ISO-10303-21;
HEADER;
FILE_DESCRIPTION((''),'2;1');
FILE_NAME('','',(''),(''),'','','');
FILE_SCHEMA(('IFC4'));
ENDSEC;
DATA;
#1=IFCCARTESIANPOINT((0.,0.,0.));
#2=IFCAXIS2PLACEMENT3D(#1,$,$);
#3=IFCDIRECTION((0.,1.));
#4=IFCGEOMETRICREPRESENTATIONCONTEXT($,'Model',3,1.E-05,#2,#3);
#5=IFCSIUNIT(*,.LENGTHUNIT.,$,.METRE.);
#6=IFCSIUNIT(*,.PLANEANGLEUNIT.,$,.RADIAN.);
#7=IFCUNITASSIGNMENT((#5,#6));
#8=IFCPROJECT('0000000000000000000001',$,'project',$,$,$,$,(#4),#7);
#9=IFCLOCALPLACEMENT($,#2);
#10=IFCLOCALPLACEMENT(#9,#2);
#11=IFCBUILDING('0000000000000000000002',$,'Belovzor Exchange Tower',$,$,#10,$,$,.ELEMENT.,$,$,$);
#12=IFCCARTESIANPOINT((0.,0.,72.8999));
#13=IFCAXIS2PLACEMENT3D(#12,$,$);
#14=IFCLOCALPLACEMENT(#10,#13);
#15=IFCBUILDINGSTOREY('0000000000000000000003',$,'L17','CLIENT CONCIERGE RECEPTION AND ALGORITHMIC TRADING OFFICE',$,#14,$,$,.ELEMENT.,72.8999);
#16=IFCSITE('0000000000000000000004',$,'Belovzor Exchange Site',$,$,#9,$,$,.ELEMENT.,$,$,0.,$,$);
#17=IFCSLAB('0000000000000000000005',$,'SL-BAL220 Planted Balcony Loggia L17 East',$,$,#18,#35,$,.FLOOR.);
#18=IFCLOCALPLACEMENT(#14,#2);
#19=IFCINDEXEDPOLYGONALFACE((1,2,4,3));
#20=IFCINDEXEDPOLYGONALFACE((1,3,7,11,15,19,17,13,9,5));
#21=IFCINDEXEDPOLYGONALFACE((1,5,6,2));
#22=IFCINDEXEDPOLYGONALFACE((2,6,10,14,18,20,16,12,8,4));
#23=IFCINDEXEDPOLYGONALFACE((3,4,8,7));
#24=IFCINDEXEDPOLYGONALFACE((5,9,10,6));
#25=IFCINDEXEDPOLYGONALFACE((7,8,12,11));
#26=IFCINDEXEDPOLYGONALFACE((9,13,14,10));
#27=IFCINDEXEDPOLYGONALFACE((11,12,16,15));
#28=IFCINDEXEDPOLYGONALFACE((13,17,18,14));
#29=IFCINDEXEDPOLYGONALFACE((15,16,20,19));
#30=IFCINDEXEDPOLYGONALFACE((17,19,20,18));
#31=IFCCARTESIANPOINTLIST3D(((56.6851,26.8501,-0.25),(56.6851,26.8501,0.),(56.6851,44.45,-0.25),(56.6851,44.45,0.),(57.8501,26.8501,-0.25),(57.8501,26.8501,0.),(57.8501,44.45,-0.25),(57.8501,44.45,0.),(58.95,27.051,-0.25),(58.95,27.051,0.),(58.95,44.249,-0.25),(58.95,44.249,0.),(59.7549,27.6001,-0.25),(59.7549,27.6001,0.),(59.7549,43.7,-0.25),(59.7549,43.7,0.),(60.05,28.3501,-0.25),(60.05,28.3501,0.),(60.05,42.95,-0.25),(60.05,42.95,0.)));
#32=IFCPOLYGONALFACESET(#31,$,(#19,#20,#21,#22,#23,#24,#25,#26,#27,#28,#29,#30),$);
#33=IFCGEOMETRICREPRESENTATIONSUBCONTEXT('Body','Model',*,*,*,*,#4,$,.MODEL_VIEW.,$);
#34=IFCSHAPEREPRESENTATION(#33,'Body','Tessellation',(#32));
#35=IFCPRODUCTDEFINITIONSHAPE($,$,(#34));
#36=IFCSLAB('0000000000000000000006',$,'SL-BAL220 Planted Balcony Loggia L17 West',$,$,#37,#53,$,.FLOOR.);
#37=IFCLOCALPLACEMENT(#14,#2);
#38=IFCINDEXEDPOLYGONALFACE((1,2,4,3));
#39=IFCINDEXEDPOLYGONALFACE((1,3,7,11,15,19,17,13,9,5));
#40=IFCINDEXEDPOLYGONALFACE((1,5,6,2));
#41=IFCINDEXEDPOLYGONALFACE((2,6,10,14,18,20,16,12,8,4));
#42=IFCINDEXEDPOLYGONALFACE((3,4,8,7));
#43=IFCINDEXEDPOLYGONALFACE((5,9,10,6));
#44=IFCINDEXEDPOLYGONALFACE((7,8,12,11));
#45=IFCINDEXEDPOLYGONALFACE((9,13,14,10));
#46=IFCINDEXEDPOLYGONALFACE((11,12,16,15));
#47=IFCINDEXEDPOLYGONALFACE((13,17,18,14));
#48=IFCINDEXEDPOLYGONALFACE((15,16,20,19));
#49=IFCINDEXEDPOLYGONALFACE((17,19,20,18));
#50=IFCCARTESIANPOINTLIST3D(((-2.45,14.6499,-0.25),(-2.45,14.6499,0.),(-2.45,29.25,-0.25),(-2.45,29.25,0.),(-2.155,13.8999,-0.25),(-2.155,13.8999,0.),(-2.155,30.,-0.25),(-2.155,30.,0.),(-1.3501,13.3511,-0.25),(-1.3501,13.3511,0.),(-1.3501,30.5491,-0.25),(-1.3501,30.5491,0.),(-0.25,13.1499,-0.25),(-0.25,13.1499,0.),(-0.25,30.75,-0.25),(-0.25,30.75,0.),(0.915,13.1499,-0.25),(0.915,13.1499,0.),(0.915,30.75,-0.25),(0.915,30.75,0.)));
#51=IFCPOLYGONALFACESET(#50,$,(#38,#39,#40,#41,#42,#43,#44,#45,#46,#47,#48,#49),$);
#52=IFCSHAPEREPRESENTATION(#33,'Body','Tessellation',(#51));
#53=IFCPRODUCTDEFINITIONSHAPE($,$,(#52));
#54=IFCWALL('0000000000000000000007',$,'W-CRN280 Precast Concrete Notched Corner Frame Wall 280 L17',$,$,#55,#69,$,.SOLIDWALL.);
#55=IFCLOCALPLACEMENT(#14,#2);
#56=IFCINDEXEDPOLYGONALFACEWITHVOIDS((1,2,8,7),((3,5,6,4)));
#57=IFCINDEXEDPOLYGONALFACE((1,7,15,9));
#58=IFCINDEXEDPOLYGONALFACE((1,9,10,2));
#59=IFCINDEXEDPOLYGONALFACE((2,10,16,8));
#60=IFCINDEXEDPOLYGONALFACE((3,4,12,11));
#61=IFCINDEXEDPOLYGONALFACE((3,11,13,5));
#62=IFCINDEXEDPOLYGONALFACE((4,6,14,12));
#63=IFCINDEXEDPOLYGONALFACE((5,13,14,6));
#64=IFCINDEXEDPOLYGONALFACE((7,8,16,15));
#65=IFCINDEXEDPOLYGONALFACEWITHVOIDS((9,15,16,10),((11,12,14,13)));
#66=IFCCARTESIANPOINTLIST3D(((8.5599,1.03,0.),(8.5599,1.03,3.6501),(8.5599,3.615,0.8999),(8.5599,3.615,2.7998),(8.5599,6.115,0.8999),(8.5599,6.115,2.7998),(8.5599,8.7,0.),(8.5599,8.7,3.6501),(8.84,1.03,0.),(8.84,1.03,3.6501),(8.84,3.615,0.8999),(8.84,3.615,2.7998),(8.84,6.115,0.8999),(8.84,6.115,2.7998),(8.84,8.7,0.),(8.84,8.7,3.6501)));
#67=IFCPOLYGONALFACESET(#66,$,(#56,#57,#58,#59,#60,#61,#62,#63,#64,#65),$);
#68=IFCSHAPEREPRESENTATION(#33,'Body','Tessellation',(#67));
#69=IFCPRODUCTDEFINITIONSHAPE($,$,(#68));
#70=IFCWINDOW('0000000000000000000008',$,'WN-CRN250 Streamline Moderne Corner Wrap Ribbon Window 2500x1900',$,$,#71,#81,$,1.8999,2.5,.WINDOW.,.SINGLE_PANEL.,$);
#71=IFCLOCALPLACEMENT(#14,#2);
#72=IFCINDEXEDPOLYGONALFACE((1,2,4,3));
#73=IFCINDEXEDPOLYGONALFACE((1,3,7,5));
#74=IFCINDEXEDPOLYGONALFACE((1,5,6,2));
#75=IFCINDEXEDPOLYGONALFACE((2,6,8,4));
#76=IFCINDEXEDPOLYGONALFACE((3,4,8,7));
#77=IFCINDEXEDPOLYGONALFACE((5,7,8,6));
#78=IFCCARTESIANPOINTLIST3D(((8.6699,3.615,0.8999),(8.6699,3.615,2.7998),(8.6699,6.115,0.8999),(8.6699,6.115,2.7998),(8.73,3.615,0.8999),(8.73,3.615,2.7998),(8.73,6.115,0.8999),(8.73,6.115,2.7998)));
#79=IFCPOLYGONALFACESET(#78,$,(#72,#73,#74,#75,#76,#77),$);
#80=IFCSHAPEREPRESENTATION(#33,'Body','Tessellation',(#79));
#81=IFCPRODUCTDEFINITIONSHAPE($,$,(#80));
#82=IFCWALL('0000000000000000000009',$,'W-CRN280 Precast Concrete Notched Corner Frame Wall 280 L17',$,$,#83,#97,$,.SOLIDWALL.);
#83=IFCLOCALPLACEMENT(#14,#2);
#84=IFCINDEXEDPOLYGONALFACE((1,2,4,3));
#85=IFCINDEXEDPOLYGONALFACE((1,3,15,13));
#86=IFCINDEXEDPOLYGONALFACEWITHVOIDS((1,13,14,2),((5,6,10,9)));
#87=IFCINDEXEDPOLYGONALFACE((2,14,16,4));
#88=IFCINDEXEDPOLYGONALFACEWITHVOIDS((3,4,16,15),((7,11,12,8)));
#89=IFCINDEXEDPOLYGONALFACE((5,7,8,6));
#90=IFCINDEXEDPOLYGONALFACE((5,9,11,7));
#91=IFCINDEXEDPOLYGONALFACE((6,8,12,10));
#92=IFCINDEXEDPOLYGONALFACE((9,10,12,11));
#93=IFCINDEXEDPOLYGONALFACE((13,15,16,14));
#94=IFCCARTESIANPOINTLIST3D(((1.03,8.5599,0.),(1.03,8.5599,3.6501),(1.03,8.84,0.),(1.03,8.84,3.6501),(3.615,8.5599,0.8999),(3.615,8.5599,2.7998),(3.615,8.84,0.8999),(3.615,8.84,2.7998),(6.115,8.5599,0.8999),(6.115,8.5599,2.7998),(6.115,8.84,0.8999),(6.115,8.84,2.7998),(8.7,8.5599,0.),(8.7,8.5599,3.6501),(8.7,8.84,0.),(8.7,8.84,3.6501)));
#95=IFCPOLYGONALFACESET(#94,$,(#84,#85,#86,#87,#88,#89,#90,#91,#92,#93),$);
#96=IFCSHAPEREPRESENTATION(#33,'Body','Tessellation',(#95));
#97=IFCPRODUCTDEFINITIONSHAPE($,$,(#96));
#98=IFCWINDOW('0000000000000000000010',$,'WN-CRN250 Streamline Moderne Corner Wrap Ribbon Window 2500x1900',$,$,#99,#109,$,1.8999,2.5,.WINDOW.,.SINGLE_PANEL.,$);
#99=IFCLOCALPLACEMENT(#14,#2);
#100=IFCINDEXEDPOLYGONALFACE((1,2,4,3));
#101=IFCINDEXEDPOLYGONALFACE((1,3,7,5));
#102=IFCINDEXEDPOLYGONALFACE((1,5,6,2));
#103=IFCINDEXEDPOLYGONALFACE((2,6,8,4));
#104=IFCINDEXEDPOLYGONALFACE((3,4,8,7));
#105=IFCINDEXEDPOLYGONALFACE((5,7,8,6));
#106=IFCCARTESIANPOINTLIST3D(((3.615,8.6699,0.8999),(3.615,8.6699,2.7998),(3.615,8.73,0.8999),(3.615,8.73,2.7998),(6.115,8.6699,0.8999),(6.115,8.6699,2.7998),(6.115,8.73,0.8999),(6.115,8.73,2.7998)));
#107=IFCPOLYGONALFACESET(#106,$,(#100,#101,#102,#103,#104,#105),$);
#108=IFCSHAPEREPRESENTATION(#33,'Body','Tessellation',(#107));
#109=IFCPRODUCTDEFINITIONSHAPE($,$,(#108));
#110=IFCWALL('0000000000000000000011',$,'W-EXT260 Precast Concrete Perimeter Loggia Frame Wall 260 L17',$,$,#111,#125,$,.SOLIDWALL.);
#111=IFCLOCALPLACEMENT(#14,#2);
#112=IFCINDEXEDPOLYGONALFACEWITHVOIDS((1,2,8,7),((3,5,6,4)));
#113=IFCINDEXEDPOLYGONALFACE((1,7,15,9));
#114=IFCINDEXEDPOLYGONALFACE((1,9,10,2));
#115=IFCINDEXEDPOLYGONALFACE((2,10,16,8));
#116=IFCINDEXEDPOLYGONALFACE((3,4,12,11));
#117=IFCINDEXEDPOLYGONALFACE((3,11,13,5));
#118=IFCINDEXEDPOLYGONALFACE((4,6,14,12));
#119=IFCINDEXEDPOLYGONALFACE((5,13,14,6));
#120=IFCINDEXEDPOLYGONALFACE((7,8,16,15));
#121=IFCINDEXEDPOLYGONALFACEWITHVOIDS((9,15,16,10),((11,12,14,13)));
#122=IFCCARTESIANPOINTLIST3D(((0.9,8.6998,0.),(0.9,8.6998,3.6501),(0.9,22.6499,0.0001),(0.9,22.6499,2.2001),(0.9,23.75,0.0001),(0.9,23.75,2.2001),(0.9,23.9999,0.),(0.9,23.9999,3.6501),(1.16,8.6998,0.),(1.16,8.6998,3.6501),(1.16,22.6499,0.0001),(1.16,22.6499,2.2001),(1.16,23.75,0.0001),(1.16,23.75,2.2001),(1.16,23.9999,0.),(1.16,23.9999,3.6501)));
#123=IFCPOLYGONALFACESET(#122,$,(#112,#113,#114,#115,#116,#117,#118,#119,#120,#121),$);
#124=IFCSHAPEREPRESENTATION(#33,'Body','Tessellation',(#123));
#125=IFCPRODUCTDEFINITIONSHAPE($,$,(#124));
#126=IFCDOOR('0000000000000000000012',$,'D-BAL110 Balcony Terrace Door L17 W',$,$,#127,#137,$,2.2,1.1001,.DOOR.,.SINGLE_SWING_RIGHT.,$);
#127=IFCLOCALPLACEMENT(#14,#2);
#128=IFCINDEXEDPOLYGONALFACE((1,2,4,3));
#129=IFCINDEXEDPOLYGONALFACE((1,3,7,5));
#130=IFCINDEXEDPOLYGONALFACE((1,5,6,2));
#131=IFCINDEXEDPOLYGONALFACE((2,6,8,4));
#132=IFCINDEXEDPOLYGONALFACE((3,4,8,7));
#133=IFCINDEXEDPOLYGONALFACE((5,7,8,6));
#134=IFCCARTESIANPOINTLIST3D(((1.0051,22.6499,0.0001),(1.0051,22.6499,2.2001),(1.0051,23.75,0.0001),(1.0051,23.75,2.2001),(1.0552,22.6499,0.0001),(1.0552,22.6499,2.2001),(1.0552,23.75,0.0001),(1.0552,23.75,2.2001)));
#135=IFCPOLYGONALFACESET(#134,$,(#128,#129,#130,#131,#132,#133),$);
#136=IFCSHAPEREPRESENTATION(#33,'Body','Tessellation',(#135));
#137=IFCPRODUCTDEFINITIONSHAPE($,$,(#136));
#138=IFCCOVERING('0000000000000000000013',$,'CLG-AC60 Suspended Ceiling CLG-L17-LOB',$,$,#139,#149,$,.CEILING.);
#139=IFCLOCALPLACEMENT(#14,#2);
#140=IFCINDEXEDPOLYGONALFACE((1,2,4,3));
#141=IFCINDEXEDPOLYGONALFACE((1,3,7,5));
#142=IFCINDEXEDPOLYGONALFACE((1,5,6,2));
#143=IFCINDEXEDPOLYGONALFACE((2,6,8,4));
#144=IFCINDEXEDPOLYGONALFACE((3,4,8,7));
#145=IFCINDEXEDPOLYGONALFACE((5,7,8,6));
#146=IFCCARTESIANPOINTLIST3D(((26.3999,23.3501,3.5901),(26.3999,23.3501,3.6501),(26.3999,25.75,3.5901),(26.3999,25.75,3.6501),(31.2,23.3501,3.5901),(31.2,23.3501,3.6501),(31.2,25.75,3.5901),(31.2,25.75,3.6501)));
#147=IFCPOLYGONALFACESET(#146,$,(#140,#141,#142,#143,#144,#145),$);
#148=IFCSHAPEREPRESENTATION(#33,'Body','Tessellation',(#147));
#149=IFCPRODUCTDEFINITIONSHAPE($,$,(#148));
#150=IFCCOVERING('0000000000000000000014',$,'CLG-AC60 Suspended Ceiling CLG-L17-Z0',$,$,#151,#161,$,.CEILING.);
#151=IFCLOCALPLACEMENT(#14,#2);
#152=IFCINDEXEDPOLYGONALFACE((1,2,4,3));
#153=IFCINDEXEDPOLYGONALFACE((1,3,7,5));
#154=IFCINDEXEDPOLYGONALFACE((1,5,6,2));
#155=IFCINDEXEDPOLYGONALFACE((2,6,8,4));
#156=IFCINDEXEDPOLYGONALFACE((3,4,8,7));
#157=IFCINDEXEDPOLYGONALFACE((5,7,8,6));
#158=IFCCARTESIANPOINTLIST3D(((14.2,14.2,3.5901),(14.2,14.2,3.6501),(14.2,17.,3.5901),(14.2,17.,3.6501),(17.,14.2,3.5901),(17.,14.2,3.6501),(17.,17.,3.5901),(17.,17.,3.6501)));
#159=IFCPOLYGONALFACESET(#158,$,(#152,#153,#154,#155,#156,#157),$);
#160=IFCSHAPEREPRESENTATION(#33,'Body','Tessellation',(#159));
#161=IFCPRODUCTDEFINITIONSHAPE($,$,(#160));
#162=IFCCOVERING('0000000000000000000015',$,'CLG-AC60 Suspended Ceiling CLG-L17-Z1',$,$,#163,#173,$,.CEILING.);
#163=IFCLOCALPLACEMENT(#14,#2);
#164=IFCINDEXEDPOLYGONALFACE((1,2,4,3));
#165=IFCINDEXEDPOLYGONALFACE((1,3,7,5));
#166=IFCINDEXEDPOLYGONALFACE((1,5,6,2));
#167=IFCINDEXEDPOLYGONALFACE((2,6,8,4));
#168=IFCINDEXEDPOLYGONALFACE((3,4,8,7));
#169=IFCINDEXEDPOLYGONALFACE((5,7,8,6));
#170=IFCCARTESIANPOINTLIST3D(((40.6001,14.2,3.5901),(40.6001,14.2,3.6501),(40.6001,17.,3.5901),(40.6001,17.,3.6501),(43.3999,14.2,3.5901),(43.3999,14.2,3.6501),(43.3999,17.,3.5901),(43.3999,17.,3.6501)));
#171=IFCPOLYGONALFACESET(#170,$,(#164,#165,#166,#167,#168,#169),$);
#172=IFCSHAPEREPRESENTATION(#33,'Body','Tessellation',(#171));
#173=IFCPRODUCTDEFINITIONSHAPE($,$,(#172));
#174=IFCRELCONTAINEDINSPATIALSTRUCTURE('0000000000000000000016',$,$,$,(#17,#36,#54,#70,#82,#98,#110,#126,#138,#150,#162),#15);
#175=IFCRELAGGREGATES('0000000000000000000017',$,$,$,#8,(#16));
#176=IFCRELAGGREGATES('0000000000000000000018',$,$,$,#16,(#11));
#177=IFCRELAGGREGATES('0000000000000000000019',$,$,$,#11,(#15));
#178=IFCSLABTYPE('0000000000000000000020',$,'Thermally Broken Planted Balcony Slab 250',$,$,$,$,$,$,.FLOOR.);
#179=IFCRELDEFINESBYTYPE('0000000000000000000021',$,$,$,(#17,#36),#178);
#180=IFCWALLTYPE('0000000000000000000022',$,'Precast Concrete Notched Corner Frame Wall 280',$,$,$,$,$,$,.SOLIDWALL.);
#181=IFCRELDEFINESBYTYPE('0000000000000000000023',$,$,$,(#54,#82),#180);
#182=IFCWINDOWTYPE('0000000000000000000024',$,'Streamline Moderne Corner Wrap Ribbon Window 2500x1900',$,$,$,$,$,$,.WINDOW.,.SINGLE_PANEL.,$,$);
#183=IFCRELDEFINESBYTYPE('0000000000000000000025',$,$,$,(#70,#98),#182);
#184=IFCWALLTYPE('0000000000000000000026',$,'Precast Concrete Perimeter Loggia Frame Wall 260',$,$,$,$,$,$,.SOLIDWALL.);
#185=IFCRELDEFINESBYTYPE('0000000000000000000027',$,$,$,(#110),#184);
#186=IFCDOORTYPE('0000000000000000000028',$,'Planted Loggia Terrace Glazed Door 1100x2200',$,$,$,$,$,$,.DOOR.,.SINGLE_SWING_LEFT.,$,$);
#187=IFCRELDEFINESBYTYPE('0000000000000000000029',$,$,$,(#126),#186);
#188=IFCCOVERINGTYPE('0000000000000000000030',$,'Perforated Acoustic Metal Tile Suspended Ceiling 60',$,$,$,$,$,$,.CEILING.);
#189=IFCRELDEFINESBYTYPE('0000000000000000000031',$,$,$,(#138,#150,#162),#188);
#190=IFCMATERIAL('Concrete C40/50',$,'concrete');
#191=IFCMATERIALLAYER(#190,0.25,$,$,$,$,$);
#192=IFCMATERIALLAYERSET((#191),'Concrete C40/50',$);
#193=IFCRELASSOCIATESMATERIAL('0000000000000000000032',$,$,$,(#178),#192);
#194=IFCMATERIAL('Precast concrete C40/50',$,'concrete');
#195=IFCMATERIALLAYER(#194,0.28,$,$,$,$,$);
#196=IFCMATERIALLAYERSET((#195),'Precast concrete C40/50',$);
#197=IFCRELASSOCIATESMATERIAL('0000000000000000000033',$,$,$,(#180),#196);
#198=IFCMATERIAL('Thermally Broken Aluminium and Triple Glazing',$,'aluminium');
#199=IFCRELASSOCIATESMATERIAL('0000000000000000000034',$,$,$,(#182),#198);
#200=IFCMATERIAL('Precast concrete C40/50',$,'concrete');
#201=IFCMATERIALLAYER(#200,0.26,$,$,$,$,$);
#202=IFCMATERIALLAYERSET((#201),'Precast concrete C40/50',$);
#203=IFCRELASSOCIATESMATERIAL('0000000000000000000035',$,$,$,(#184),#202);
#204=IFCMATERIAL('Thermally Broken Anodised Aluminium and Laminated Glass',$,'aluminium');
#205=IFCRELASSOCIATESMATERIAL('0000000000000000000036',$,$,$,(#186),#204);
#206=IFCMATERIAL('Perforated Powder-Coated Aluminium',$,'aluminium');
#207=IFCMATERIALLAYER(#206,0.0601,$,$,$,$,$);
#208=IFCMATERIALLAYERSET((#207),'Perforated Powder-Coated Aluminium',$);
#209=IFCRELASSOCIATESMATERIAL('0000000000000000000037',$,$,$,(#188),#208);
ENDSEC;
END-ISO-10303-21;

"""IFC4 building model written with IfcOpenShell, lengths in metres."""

from ifc_helpers import new_model, si_unit, direction, frame, frame_2d, origin, place, context, subcontext, project, spatial, polyline, rectangle, outline, extrude, material, layer, layer_set, type_object, element, fill, save


model = new_model("IFC4")

# Units and contexts
model_context = context("Model", 3, precision=1e-05, world=origin(), true_north=direction((0.0, 1.0)))
body_context = subcontext(model_context, "Body", "Model", "MODEL_VIEW")
ifc_project = project(units=[si_unit("LENGTHUNIT", "METRE"), si_unit("PLANEANGLEUNIT", "RADIAN")], contexts=[model_context])

# Site, building, storey
site_placement = place(None, origin())
site = spatial("IfcSite", under=ifc_project, at=site_placement, Name="Belovzor Exchange Site", CompositionType="ELEMENT", RefElevation=0.0)
building_placement = place(site_placement, origin())
building = spatial("IfcBuilding", under=site, at=building_placement, Name="Belovzor Exchange Tower", CompositionType="ELEMENT")
storey_placement = place(building_placement, frame((0.0, 0.0, 72.8999)))
storey = spatial("IfcBuildingStorey", under=building, at=storey_placement, Name="L17", Description="CLIENT CONCIERGE RECEPTION AND ALGORITHMIC TRADING OFFICE", CompositionType="ELEMENT", Elevation=72.8999)

# Slabs
ifc_material_1 = material(Name="Concrete C40/50", Category="concrete")
ifc_layer_1 = layer(ifc_material_1, 0.25)
ifc_layer_set_1 = layer_set([ifc_layer_1], Name="Concrete C40/50")
slab_type_1 = type_object("IfcSlabType", Name="Thermally Broken Planted Balcony Slab 250", PredefinedType="FLOOR", material=ifc_layer_set_1)
slab_1_placement = place(storey_placement, frame((0.0, 0.0, -0.25)))
element("IfcSlab", 1, at=slab_1_placement, inside=storey, type_object=slab_type_1, Name="SL-BAL220 Planted Balcony Loggia L17 East", PredefinedType="FLOOR", context=body_context, shape_type="SweptSolid", body=[
    extrude(outline(polyline([(56.6851, 26.8501), (57.8501, 26.8501), (58.95, 27.051), (59.7549, 27.6001), (60.05, 28.3501), (60.05, 42.95), (59.7549, 43.7), (58.95, 44.249), (57.8501, 44.45), (56.6851, 44.45), (56.6851, 26.8501)])), origin(), (0.0, 0.0, 1.0), 0.25),
])
slab_2_placement = place(storey_placement, frame((0.0, 0.0, -0.25)))
element("IfcSlab", 2, at=slab_2_placement, inside=storey, type_object=slab_type_1, Name="SL-BAL220 Planted Balcony Loggia L17 West", PredefinedType="FLOOR", context=body_context, shape_type="SweptSolid", body=[
    extrude(outline(polyline([(0.915, 30.75), (-0.25, 30.75), (-1.3501, 30.5491), (-2.155, 30.0), (-2.45, 29.25), (-2.45, 14.6499), (-2.155, 13.8999), (-1.3501, 13.3511), (-0.25, 13.1499), (0.915, 13.1499), (0.915, 30.75)])), origin(), (0.0, 0.0, 1.0), 0.25),
])

# Walls, openings, windows
ifc_material_2 = material(Name="Precast concrete C40/50", Category="concrete")
ifc_layer_2 = layer(ifc_material_2, 0.28)
ifc_layer_set_2 = layer_set([ifc_layer_2], Name="Precast concrete C40/50")
wall_type_1 = type_object("IfcWallType", Name="Precast Concrete Notched Corner Frame Wall 280", PredefinedType="SOLIDWALL", material=ifc_layer_set_2)
wall_1_placement = place(storey_placement, frame((8.7, 1.03, 0.0), z_axis=(0.0, 0.0, 1.0), x_axis=(0.0, 1.0, 0.0)))
wall_1 = element("IfcWall", 3, at=wall_1_placement, inside=storey, type_object=wall_type_1, Name="W-CRN280 Precast Concrete Notched Corner Frame Wall 280 L17", PredefinedType="SOLIDWALL", context=body_context, shape_type="SweptSolid", body=[
    extrude(rectangle(XDim=7.6699, YDim=0.28, at=frame_2d((3.835, 0.0))), origin(), (0.0, 0.0, 1.0), 3.6501),
])
opening_1_placement = place(wall_1_placement, frame((2.585, 0.0, 0.8999)))
opening_1 = element("IfcOpeningElement", 4, at=opening_1_placement, cuts=wall_1, PredefinedType="OPENING", context=body_context, shape_type="SweptSolid", body=[
    extrude(rectangle(XDim=2.5, YDim=1.8999, at=frame_2d((1.25, 0.95))), frame((0.0, 0.1499, 0.0), z_axis=(0.0, -1.0, 0.0), x_axis=(1.0, 0.0, 0.0)), (0.0, 0.0, 1.0), 0.3),
])
ifc_material_3 = material(Name="Thermally Broken Aluminium and Triple Glazing", Category="aluminium")
window_type = type_object("IfcWindowType", Name="Streamline Moderne Corner Wrap Ribbon Window 2500x1900", PartitioningType="SINGLE_PANEL", PredefinedType="WINDOW", material=ifc_material_3)
window_1_placement = place(opening_1_placement, origin())
window_1 = element("IfcWindow", 5, at=window_1_placement, inside=storey, type_object=window_type, Name="WN-CRN250 Streamline Moderne Corner Wrap Ribbon Window 2500x1900", OverallHeight=1.8999, OverallWidth=2.5, PartitioningType="SINGLE_PANEL", PredefinedType="WINDOW", context=body_context, shape_type="SweptSolid", body=[
    extrude(rectangle(XDim=2.5, YDim=1.8999, at=frame_2d((1.25, 0.95))), frame((0.0, 0.03, 0.0), z_axis=(0.0, -1.0, 0.0), x_axis=(1.0, 0.0, 0.0)), (0.0, 0.0, 1.0), 0.0601),
])
fill(opening_1, window_1)
wall_2_placement = place(storey_placement, frame((8.7, 8.7, 0.0), z_axis=(0.0, 0.0, 1.0), x_axis=(-1.0, 0.0, 0.0)))
wall_2 = element("IfcWall", 6, at=wall_2_placement, inside=storey, type_object=wall_type_1, Name="W-CRN280 Precast Concrete Notched Corner Frame Wall 280 L17", PredefinedType="SOLIDWALL", context=body_context, shape_type="SweptSolid", body=[
    extrude(rectangle(XDim=7.6699, YDim=0.28, at=frame_2d((3.835, 0.0))), origin(), (0.0, 0.0, 1.0), 3.6501),
])
opening_2_placement = place(wall_2_placement, frame((2.585, 0.0, 0.8999)))
opening_2 = element("IfcOpeningElement", 7, at=opening_2_placement, cuts=wall_2, PredefinedType="OPENING", context=body_context, shape_type="SweptSolid", body=[
    extrude(rectangle(XDim=2.5, YDim=1.8999, at=frame_2d((1.25, 0.95))), frame((0.0, 0.1499, 0.0), z_axis=(0.0, -1.0, 0.0), x_axis=(1.0, 0.0, 0.0)), (0.0, 0.0, 1.0), 0.3),
])
window_2_placement = place(opening_2_placement, origin())
window_2 = element("IfcWindow", 8, at=window_2_placement, inside=storey, type_object=window_type, Name="WN-CRN250 Streamline Moderne Corner Wrap Ribbon Window 2500x1900", OverallHeight=1.8999, OverallWidth=2.5, PartitioningType="SINGLE_PANEL", PredefinedType="WINDOW", context=body_context, shape_type="SweptSolid", body=[
    extrude(rectangle(XDim=2.5, YDim=1.8999, at=frame_2d((1.25, 0.95))), frame((0.0, 0.03, 0.0), z_axis=(0.0, -1.0, 0.0), x_axis=(1.0, 0.0, 0.0)), (0.0, 0.0, 1.0), 0.0601),
])
fill(opening_2, window_2)

# Wall, opening, door
ifc_material_4 = material(Name="Precast concrete C40/50", Category="concrete")
ifc_layer_3 = layer(ifc_material_4, 0.26)
ifc_layer_set_3 = layer_set([ifc_layer_3], Name="Precast concrete C40/50")
wall_type_2 = type_object("IfcWallType", Name="Precast Concrete Perimeter Loggia Frame Wall 260", PredefinedType="SOLIDWALL", material=ifc_layer_set_3)
wall_3_placement = place(storey_placement, frame((1.03, 8.7, 0.0), z_axis=(0.0, 0.0, 1.0), x_axis=(0.0, 1.0, 0.0)))
wall_3 = element("IfcWall", 9, at=wall_3_placement, inside=storey, type_object=wall_type_2, Name="W-EXT260 Precast Concrete Perimeter Loggia Frame Wall 260 L17", PredefinedType="SOLIDWALL", context=body_context, shape_type="SweptSolid", body=[
    extrude(rectangle(XDim=15.3, YDim=0.26, at=frame_2d((7.6499, 0.0))), origin(), (0.0, 0.0, 1.0), 3.6501),
])
opening_3_placement = place(wall_3_placement, frame((13.95, 0.0, 0.0)))
opening_3 = element("IfcOpeningElement", 10, at=opening_3_placement, cuts=wall_3, PredefinedType="OPENING", context=body_context, shape_type="SweptSolid", body=[
    extrude(rectangle(XDim=1.1001, YDim=2.2, at=frame_2d((0.55, 1.1001))), frame((0.0, 0.1399, 0.0), z_axis=(0.0, -1.0, 0.0), x_axis=(1.0, 0.0, 0.0)), (0.0, 0.0, 1.0), 0.28),
])
ifc_material_5 = material(Name="Thermally Broken Anodised Aluminium and Laminated Glass", Category="aluminium")
door_type = type_object("IfcDoorType", Name="Planted Loggia Terrace Glazed Door 1100x2200", OperationType="SINGLE_SWING_LEFT", PredefinedType="DOOR", material=ifc_material_5)
door_placement = place(opening_3_placement, origin())
door = element("IfcDoor", 11, at=door_placement, inside=storey, type_object=door_type, Name="D-BAL110 Balcony Terrace Door L17 W", OperationType="SINGLE_SWING_RIGHT", OverallHeight=2.2, OverallWidth=1.1001, PredefinedType="DOOR", context=body_context, shape_type="SweptSolid", body=[
    extrude(rectangle(XDim=1.1001, YDim=2.2, at=frame_2d((0.55, 1.1001))), frame((0.0, 0.0249, 0.0), z_axis=(0.0, -1.0, 0.0), x_axis=(1.0, 0.0, 0.0)), (0.0, 0.0, 1.0), 0.05),
])
fill(opening_3, door)

# Coverings
ifc_material_6 = material(Name="Perforated Powder-Coated Aluminium", Category="aluminium")
ifc_layer_4 = layer(ifc_material_6, 0.0601)
ifc_layer_set_4 = layer_set([ifc_layer_4], Name="Perforated Powder-Coated Aluminium")
covering_type_1 = type_object("IfcCoveringType", Name="Perforated Acoustic Metal Tile Suspended Ceiling 60", PredefinedType="CEILING", material=ifc_layer_set_4)
covering_1_placement = place(storey_placement, frame((0.0, 0.0, 3.5901)))
element("IfcCovering", 12, at=covering_1_placement, inside=storey, type_object=covering_type_1, Name="CLG-AC60 Suspended Ceiling CLG-L17-LOB", PredefinedType="CEILING", context=body_context, shape_type="SweptSolid", body=[
    extrude(outline(polyline([(26.3999, 23.3501), (31.2, 23.3501), (31.2, 25.75), (26.3999, 25.75), (26.3999, 23.3501)])), origin(), (0.0, 0.0, 1.0), 0.0601),
])
covering_2_placement = place(storey_placement, frame((0.0, 0.0, 3.5901)))
element("IfcCovering", 13, at=covering_2_placement, inside=storey, type_object=covering_type_1, Name="CLG-AC60 Suspended Ceiling CLG-L17-Z0", PredefinedType="CEILING", context=body_context, shape_type="SweptSolid", body=[
    extrude(outline(polyline([(14.2, 14.2), (17.0, 14.2), (17.0, 17.0), (14.2, 17.0), (14.2, 14.2)])), origin(), (0.0, 0.0, 1.0), 0.0601),
])
covering_3_placement = place(storey_placement, frame((0.0, 0.0, 3.5901)))
element("IfcCovering", 14, at=covering_3_placement, inside=storey, type_object=covering_type_1, Name="CLG-AC60 Suspended Ceiling CLG-L17-Z1", PredefinedType="CEILING", context=body_context, shape_type="SweptSolid", body=[
    extrude(outline(polyline([(40.6001, 14.2), (43.3999, 14.2), (43.3999, 17.0), (40.6001, 17.0), (40.6001, 14.2)])), origin(), (0.0, 0.0, 1.0), 0.0601),
])

save(model, "model.ifc")
